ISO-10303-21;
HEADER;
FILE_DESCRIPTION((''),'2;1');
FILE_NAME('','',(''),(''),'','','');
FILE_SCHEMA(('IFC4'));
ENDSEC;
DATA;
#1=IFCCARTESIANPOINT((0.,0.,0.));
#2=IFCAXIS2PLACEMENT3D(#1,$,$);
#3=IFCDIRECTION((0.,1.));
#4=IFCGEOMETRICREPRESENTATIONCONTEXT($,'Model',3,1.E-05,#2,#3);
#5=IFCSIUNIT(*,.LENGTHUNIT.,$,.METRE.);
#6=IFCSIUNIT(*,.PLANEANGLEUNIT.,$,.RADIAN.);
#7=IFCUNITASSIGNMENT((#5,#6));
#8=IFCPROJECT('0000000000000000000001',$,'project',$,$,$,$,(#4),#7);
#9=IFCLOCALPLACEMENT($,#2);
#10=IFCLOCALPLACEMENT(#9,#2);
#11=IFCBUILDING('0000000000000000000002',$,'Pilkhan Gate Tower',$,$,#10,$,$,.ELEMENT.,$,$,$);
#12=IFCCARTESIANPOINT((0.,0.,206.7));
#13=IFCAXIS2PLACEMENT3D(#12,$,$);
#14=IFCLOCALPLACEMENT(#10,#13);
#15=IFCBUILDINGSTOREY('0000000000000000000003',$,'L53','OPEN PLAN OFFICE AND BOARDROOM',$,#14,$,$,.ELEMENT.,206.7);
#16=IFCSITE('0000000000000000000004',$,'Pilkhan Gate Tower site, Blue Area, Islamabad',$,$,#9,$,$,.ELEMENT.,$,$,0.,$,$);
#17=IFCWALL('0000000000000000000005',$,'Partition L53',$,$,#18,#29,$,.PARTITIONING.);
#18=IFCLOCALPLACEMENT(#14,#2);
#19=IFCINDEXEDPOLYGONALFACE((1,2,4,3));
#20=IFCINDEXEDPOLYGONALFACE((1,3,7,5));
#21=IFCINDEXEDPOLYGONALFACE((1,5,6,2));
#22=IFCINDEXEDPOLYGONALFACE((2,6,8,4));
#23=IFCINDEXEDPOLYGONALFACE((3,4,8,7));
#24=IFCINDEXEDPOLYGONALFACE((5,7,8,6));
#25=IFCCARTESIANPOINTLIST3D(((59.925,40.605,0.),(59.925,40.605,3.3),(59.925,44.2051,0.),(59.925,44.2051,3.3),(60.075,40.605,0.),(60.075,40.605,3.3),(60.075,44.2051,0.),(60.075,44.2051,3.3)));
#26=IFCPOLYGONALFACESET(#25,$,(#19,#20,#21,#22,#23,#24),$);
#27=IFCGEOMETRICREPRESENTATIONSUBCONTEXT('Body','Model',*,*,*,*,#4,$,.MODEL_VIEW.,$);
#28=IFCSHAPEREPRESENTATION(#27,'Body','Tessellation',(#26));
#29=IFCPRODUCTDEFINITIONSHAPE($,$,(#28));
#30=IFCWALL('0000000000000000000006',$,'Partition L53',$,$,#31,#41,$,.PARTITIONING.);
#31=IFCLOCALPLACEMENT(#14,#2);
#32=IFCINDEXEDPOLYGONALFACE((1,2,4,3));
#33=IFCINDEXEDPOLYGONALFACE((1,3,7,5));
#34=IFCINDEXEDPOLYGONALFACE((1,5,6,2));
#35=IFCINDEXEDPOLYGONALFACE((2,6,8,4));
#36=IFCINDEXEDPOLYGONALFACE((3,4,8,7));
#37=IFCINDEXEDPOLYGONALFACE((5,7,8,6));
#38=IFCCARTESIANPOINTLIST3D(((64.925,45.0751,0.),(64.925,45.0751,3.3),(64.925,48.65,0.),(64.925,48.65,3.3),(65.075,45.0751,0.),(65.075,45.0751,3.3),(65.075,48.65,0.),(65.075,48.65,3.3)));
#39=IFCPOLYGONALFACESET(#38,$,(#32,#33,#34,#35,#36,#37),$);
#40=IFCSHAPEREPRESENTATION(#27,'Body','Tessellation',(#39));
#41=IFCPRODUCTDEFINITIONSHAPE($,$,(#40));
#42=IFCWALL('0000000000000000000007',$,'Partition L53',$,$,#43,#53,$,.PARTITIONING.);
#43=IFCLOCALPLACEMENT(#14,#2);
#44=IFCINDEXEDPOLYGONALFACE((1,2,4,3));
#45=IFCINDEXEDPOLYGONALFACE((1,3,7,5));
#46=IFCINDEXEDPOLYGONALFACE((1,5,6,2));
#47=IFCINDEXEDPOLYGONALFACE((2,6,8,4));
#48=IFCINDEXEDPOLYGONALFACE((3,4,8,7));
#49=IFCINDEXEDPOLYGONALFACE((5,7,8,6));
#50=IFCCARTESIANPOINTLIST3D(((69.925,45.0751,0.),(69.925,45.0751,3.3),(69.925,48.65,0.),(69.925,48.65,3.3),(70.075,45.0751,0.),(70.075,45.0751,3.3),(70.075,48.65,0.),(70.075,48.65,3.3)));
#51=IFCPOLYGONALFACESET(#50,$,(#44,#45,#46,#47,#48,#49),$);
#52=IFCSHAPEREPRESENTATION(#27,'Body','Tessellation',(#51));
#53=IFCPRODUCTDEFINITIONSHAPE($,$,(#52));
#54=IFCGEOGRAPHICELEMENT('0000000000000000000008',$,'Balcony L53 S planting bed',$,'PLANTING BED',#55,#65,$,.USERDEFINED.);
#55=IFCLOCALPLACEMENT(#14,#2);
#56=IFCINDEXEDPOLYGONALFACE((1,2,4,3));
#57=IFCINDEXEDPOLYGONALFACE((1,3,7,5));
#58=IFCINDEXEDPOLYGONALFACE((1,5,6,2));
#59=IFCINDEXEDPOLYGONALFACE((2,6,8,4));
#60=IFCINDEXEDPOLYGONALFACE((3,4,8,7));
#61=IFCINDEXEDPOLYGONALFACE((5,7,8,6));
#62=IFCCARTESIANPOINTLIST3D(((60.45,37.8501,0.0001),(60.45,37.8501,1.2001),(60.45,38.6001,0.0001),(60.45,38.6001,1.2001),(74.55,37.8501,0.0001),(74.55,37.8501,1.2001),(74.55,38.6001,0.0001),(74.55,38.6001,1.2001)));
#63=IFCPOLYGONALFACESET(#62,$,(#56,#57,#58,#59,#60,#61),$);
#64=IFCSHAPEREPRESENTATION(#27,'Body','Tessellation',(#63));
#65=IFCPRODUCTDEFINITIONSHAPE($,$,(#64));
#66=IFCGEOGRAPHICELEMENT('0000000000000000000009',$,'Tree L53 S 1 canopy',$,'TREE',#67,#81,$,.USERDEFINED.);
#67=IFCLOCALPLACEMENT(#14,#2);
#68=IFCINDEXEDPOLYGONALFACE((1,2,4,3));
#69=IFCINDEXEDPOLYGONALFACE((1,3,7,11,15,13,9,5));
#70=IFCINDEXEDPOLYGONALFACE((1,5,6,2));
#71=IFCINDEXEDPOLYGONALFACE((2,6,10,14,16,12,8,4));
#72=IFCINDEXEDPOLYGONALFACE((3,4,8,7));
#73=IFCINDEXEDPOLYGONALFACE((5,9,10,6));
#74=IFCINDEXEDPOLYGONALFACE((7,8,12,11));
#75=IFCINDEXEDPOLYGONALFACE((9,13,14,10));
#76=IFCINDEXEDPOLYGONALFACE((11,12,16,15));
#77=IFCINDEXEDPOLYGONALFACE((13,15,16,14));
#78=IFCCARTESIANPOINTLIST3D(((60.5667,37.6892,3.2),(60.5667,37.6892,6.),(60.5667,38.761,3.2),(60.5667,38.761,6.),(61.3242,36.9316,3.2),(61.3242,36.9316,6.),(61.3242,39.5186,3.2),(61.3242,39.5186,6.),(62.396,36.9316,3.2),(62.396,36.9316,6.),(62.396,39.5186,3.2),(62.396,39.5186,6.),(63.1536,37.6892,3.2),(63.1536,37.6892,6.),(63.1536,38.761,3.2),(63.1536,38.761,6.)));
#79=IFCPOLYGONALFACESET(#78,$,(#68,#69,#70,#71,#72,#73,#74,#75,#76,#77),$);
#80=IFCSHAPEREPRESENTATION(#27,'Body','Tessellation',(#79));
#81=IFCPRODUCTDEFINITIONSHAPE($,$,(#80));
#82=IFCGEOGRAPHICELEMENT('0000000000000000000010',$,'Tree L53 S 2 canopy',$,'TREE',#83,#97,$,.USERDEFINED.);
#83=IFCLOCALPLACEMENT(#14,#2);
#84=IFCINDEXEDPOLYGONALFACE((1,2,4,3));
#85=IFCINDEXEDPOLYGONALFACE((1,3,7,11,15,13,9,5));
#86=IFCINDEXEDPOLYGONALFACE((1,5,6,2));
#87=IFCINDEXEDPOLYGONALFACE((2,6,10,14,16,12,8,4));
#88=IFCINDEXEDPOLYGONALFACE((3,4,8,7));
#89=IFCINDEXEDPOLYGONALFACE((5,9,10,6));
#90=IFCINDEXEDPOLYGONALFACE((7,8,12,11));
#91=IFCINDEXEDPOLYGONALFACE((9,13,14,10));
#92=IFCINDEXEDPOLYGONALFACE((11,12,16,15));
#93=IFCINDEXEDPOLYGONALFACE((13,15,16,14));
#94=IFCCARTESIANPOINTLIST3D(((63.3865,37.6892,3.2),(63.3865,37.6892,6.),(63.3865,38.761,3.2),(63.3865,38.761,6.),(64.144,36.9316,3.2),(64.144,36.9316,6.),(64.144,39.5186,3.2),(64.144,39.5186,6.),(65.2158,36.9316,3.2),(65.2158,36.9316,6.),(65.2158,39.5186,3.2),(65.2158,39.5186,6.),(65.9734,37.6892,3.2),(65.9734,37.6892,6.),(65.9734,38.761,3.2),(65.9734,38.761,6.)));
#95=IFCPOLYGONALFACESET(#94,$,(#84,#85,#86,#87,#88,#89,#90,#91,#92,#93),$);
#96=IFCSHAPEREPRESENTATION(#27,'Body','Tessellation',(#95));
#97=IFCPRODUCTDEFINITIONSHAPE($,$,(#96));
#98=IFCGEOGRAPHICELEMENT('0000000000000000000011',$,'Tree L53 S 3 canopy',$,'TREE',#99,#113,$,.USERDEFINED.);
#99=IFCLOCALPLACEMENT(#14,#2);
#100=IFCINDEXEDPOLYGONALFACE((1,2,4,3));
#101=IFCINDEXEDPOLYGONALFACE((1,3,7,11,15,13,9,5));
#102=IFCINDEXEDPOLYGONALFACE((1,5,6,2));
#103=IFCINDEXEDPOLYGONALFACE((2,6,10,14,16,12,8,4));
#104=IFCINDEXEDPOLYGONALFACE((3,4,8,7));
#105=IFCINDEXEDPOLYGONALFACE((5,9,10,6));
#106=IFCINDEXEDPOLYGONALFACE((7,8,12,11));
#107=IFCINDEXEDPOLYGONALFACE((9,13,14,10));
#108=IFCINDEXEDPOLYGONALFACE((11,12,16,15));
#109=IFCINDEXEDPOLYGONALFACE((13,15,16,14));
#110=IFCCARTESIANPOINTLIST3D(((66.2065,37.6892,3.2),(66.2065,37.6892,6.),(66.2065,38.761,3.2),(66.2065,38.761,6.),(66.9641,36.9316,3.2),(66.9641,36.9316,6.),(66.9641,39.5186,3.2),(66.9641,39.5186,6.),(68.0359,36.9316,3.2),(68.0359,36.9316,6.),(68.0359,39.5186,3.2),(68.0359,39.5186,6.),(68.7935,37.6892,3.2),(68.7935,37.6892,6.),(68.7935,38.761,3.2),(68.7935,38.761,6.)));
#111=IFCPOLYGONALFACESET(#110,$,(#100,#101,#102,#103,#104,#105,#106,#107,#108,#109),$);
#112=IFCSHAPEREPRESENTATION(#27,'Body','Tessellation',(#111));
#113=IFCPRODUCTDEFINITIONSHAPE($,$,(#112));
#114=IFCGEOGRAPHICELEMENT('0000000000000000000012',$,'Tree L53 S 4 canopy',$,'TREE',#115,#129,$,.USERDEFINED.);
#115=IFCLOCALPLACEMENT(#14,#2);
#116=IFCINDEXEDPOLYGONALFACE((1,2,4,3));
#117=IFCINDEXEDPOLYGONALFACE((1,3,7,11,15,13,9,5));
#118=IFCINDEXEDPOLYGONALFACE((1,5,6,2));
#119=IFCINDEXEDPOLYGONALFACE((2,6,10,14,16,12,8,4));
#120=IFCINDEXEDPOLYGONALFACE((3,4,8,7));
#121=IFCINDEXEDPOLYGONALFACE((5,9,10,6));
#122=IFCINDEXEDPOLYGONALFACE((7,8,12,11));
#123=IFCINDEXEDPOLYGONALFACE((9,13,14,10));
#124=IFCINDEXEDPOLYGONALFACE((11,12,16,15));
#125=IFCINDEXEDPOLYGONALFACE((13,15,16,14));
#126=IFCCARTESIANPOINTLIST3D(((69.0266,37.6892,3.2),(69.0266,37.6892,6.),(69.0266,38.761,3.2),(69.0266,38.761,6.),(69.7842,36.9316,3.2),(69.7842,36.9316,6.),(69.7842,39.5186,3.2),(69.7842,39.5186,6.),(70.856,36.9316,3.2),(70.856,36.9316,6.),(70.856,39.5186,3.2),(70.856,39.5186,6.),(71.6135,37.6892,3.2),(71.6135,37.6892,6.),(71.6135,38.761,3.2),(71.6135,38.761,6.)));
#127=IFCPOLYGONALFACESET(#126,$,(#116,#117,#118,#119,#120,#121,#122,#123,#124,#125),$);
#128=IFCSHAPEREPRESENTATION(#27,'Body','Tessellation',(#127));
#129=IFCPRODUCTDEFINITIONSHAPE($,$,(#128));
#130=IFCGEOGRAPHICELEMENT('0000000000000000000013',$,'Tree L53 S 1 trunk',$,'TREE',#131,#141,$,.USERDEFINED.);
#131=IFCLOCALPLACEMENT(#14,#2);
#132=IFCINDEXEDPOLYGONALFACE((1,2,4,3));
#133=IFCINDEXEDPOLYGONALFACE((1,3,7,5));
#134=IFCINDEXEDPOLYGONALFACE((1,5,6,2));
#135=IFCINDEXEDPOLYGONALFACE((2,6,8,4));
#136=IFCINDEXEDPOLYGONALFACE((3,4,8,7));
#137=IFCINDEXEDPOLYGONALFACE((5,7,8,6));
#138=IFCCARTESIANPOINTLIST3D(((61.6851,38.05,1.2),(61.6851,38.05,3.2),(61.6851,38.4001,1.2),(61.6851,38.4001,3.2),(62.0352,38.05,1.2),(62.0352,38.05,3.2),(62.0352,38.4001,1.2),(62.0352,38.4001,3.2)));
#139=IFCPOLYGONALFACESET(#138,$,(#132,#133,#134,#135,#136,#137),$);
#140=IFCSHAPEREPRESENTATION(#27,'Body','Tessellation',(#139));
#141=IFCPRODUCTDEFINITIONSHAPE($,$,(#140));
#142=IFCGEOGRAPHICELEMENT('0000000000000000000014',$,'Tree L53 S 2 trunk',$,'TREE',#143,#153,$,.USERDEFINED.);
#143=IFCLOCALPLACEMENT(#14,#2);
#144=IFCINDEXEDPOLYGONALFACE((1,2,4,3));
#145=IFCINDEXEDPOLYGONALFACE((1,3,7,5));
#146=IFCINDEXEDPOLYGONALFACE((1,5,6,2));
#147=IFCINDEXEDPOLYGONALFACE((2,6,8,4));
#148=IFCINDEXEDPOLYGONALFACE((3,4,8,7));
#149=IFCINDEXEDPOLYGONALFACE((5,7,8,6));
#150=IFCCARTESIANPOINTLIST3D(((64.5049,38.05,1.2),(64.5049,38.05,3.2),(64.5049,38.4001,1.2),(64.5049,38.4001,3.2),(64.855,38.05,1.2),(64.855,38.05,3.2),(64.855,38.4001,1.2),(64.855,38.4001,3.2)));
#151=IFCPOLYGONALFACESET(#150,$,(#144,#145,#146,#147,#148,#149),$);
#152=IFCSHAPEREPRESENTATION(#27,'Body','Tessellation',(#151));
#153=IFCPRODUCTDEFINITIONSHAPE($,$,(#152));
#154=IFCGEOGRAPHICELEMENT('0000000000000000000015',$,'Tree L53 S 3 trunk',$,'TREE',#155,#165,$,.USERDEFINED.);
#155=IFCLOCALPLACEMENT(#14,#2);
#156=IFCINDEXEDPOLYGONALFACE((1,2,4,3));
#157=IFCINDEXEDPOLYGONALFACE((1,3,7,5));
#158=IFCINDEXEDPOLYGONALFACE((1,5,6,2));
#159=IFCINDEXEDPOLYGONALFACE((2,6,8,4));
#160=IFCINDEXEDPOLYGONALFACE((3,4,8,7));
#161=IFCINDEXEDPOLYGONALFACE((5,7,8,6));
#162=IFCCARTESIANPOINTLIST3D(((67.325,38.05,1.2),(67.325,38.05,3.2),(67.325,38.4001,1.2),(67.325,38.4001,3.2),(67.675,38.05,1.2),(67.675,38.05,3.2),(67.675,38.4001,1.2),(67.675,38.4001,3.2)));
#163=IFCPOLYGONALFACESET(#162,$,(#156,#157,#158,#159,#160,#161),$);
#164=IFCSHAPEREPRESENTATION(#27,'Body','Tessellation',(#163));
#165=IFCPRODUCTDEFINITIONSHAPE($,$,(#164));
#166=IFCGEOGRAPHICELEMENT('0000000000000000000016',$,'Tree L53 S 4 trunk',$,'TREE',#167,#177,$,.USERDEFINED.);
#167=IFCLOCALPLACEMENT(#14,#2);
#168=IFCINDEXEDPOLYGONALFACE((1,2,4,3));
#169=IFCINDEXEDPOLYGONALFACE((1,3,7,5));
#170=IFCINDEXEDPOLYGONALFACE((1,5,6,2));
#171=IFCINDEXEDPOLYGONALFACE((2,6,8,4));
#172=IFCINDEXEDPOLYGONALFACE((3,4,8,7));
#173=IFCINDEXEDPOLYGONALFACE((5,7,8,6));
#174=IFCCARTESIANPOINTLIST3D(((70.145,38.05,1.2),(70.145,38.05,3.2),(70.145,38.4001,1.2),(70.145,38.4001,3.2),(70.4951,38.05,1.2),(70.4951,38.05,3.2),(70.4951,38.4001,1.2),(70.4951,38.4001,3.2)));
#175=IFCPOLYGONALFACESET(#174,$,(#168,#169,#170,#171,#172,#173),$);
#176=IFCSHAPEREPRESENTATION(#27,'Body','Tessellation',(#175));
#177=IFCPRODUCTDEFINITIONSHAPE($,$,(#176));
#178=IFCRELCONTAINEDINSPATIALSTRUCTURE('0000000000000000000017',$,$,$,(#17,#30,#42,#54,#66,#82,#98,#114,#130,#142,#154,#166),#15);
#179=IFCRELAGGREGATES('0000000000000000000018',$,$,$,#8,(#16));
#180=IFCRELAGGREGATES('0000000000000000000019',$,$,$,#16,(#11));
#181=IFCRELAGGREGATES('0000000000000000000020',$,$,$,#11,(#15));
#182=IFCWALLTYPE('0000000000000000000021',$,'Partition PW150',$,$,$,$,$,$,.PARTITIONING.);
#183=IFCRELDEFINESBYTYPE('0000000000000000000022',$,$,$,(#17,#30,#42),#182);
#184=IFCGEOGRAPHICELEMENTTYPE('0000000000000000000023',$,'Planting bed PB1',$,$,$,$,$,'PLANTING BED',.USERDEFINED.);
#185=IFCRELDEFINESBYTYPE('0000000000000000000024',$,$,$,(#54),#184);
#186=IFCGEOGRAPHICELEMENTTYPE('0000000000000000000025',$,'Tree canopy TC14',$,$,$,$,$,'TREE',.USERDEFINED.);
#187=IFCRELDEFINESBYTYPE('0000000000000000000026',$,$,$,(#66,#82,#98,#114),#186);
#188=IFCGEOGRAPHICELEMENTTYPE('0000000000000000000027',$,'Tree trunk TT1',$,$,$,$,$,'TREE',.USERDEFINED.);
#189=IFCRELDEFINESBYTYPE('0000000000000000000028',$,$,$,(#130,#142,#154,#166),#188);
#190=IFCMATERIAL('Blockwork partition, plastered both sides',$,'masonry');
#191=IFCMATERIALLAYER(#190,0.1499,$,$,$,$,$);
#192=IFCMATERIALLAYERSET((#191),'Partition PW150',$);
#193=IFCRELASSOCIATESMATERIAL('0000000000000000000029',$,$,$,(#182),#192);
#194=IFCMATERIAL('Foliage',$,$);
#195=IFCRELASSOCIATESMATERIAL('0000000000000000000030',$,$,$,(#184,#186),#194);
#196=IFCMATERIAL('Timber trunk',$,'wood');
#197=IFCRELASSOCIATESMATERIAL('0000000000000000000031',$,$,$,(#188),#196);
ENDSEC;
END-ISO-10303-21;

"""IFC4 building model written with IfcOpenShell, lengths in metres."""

from ifc_helpers import new_model, si_unit, direction, frame, frame_2d, origin, origin_2d, place, context, subcontext, project, spatial, polyline, rectangle, outline, extrude, material, layer, layer_set, material_profile, profile_set, type_object, element, save


model = new_model("IFC4")

# Units and contexts
model_context = context("Model", 3, precision=1e-05, world=origin(), true_north=direction((0.0, 1.0)))
body_context = subcontext(model_context, "Body", "Model", "MODEL_VIEW")
ifc_project = project(units=[si_unit("LENGTHUNIT", "METRE"), si_unit("PLANEANGLEUNIT", "RADIAN")], contexts=[model_context])

# Site, building, storey
site_placement = place(None, origin())
site = spatial("IfcSite", under=ifc_project, at=site_placement, Name="Pilkhan Gate Tower site, Blue Area, Islamabad", CompositionType="ELEMENT", RefElevation=0.0)
building_placement = place(site_placement, origin())
building = spatial("IfcBuilding", under=site, at=building_placement, Name="Pilkhan Gate Tower", CompositionType="ELEMENT")
storey_placement = place(building_placement, frame((0.0, 0.0, 206.7)))
storey = spatial("IfcBuildingStorey", under=building, at=storey_placement, Name="L53", Description="OPEN PLAN OFFICE AND BOARDROOM", CompositionType="ELEMENT", Elevation=206.7)

# Walls
ifc_material_1 = material(Name="Blockwork partition, plastered both sides", Category="masonry")
ifc_layer_1 = layer(ifc_material_1, 0.1499)
ifc_layer_set_1 = layer_set([ifc_layer_1], Name="Partition PW150")
wall_type_1 = type_object("IfcWallType", Name="Partition PW150", PredefinedType="PARTITIONING", material=ifc_layer_set_1)
wall_1_placement = place(storey_placement, frame((60.0, 40.605, 0.0), z_axis=(0.0, 0.0, 1.0), x_axis=(0.0, 1.0, 0.0)))
element("IfcWall", 1, at=wall_1_placement, inside=storey, type_object=wall_type_1, Name="Partition L53", PredefinedType="PARTITIONING", context=body_context, shape_type="SweptSolid", body=[
    extrude(rectangle(XDim=3.6001, YDim=0.1499, at=frame_2d((1.8, 0.0))), origin(), (0.0, 0.0, 1.0), 3.3),
])
for number, where, z_axis, x_axis, name in (
    (2, (65.0, 45.075, 0.0), (0.0, 0.0, 1.0), (0.0, 1.0, 0.0), "Partition L53"),
    (3, (70.0, 45.075, 0.0), (0.0, 0.0, 1.0), (0.0, 1.0, 0.0), "Partition L53"),
):
    element("IfcWall", number, at=place(storey_placement, frame(where, z_axis=z_axis, x_axis=x_axis)), inside=storey, type_object=wall_type_1, Name=name, PredefinedType="PARTITIONING", context=body_context, shape_type="SweptSolid", body=[
        extrude(rectangle(XDim=3.575, YDim=0.1499, at=frame_2d((1.7876, 0.0))), origin(), (0.0, 0.0, 1.0), 3.3),
    ])

# Geographic elements
ifc_material_2 = material(Name="Foliage")
ifc_material_profile_1 = material_profile(ifc_material_2, rectangle(XDim=0.75, YDim=1.2, at=origin_2d()), Name="Bed 750x1200")
ifc_profile_set_1 = profile_set([ifc_material_profile_1], Name="Foliage")
geographic_element_type_1 = type_object("IfcGeographicElementType", Name="Planting bed PB1", ElementType="PLANTING BED", PredefinedType="USERDEFINED", material=ifc_profile_set_1)
geographic_element_placement = place(storey_placement, frame((60.45, 38.2251, 0.6001), z_axis=(1.0, 0.0, 0.0), x_axis=(0.0, 1.0, 0.0)))
element("IfcGeographicElement", 4, at=geographic_element_placement, inside=storey, type_object=geographic_element_type_1, Name="Balcony L53 S planting bed", ObjectType="PLANTING BED", PredefinedType="USERDEFINED", context=body_context, shape_type="SweptSolid", body=[
    extrude(rectangle(XDim=0.75, YDim=1.2, at=origin_2d()), origin(), (0.0, 0.0, 1.0), 14.1001),
])
ifc_material_profile_2 = material_profile(ifc_material_2, outline(polyline([(1.2935, 0.5359), (0.5359, 1.2935), (-0.5359, 1.2935), (-1.2935, 0.5359), (-1.2935, -0.5359), (-0.5359, -1.2935), (0.5359, -1.2935), (1.2935, -0.5359), (1.2935, 0.5359)])), Name="Canopy D2.8")
ifc_profile_set_2 = profile_set([ifc_material_profile_2], Name="Foliage")
geographic_element_type_2 = type_object("IfcGeographicElementType", Name="Tree canopy TC14", ElementType="TREE", PredefinedType="USERDEFINED", material=ifc_profile_set_2)
for number, where, z_axis, x_axis, name in (
    (5, (61.8601, 38.2251, 3.2), (0.0, 0.0, 1.0), (1.0, 0.0, 0.0), "Tree L53 S 1 canopy"),
    (6, (64.6799, 38.2251, 3.2), (0.0, 0.0, 1.0), (1.0, 0.0, 0.0), "Tree L53 S 2 canopy"),
    (7, (67.5, 38.2251, 3.2), (0.0, 0.0, 1.0), (1.0, 0.0, 0.0), "Tree L53 S 3 canopy"),
    (8, (70.3201, 38.2251, 3.2), (0.0, 0.0, 1.0), (1.0, 0.0, 0.0), "Tree L53 S 4 canopy"),
):
    element("IfcGeographicElement", number, at=place(storey_placement, frame(where, z_axis=z_axis, x_axis=x_axis)), inside=storey, type_object=geographic_element_type_2, Name=name, ObjectType="TREE", PredefinedType="USERDEFINED", context=body_context, shape_type="SweptSolid", body=[
        extrude(outline(polyline([(1.2935, 0.5359), (0.5359, 1.2935), (-0.5359, 1.2935), (-1.2935, 0.5359), (-1.2935, -0.5359), (-0.5359, -1.2935), (0.5359, -1.2935), (1.2935, -0.5359), (1.2935, 0.5359)])), origin(), (0.0, 0.0, 1.0), 2.8),
    ])
ifc_material_3 = material(Name="Timber trunk", Category="wood")
geographic_element_type_3 = type_object("IfcGeographicElementType", Name="Tree trunk TT1", ElementType="TREE", PredefinedType="USERDEFINED", material=ifc_material_3)
for number, where, z_axis, x_axis, name in (
    (9, (61.8601, 38.2251, 1.2), (0.0, 0.0, 1.0), (1.0, 0.0, 0.0), "Tree L53 S 1 trunk"),
    (10, (64.6799, 38.2251, 1.2), (0.0, 0.0, 1.0), (1.0, 0.0, 0.0), "Tree L53 S 2 trunk"),
    (11, (67.5, 38.2251, 1.2), (0.0, 0.0, 1.0), (1.0, 0.0, 0.0), "Tree L53 S 3 trunk"),
    (12, (70.3201, 38.2251, 1.2), (0.0, 0.0, 1.0), (1.0, 0.0, 0.0), "Tree L53 S 4 trunk"),
):
    element("IfcGeographicElement", number, at=place(storey_placement, frame(where, z_axis=z_axis, x_axis=x_axis)), inside=storey, type_object=geographic_element_type_3, Name=name, ObjectType="TREE", PredefinedType="USERDEFINED", context=body_context, shape_type="SweptSolid", body=[
        extrude(rectangle(XDim=0.3501, YDim=0.3501, at=origin_2d()), origin(), (0.0, 0.0, 1.0), 2.0),
    ])

save(model, "model.ifc")
